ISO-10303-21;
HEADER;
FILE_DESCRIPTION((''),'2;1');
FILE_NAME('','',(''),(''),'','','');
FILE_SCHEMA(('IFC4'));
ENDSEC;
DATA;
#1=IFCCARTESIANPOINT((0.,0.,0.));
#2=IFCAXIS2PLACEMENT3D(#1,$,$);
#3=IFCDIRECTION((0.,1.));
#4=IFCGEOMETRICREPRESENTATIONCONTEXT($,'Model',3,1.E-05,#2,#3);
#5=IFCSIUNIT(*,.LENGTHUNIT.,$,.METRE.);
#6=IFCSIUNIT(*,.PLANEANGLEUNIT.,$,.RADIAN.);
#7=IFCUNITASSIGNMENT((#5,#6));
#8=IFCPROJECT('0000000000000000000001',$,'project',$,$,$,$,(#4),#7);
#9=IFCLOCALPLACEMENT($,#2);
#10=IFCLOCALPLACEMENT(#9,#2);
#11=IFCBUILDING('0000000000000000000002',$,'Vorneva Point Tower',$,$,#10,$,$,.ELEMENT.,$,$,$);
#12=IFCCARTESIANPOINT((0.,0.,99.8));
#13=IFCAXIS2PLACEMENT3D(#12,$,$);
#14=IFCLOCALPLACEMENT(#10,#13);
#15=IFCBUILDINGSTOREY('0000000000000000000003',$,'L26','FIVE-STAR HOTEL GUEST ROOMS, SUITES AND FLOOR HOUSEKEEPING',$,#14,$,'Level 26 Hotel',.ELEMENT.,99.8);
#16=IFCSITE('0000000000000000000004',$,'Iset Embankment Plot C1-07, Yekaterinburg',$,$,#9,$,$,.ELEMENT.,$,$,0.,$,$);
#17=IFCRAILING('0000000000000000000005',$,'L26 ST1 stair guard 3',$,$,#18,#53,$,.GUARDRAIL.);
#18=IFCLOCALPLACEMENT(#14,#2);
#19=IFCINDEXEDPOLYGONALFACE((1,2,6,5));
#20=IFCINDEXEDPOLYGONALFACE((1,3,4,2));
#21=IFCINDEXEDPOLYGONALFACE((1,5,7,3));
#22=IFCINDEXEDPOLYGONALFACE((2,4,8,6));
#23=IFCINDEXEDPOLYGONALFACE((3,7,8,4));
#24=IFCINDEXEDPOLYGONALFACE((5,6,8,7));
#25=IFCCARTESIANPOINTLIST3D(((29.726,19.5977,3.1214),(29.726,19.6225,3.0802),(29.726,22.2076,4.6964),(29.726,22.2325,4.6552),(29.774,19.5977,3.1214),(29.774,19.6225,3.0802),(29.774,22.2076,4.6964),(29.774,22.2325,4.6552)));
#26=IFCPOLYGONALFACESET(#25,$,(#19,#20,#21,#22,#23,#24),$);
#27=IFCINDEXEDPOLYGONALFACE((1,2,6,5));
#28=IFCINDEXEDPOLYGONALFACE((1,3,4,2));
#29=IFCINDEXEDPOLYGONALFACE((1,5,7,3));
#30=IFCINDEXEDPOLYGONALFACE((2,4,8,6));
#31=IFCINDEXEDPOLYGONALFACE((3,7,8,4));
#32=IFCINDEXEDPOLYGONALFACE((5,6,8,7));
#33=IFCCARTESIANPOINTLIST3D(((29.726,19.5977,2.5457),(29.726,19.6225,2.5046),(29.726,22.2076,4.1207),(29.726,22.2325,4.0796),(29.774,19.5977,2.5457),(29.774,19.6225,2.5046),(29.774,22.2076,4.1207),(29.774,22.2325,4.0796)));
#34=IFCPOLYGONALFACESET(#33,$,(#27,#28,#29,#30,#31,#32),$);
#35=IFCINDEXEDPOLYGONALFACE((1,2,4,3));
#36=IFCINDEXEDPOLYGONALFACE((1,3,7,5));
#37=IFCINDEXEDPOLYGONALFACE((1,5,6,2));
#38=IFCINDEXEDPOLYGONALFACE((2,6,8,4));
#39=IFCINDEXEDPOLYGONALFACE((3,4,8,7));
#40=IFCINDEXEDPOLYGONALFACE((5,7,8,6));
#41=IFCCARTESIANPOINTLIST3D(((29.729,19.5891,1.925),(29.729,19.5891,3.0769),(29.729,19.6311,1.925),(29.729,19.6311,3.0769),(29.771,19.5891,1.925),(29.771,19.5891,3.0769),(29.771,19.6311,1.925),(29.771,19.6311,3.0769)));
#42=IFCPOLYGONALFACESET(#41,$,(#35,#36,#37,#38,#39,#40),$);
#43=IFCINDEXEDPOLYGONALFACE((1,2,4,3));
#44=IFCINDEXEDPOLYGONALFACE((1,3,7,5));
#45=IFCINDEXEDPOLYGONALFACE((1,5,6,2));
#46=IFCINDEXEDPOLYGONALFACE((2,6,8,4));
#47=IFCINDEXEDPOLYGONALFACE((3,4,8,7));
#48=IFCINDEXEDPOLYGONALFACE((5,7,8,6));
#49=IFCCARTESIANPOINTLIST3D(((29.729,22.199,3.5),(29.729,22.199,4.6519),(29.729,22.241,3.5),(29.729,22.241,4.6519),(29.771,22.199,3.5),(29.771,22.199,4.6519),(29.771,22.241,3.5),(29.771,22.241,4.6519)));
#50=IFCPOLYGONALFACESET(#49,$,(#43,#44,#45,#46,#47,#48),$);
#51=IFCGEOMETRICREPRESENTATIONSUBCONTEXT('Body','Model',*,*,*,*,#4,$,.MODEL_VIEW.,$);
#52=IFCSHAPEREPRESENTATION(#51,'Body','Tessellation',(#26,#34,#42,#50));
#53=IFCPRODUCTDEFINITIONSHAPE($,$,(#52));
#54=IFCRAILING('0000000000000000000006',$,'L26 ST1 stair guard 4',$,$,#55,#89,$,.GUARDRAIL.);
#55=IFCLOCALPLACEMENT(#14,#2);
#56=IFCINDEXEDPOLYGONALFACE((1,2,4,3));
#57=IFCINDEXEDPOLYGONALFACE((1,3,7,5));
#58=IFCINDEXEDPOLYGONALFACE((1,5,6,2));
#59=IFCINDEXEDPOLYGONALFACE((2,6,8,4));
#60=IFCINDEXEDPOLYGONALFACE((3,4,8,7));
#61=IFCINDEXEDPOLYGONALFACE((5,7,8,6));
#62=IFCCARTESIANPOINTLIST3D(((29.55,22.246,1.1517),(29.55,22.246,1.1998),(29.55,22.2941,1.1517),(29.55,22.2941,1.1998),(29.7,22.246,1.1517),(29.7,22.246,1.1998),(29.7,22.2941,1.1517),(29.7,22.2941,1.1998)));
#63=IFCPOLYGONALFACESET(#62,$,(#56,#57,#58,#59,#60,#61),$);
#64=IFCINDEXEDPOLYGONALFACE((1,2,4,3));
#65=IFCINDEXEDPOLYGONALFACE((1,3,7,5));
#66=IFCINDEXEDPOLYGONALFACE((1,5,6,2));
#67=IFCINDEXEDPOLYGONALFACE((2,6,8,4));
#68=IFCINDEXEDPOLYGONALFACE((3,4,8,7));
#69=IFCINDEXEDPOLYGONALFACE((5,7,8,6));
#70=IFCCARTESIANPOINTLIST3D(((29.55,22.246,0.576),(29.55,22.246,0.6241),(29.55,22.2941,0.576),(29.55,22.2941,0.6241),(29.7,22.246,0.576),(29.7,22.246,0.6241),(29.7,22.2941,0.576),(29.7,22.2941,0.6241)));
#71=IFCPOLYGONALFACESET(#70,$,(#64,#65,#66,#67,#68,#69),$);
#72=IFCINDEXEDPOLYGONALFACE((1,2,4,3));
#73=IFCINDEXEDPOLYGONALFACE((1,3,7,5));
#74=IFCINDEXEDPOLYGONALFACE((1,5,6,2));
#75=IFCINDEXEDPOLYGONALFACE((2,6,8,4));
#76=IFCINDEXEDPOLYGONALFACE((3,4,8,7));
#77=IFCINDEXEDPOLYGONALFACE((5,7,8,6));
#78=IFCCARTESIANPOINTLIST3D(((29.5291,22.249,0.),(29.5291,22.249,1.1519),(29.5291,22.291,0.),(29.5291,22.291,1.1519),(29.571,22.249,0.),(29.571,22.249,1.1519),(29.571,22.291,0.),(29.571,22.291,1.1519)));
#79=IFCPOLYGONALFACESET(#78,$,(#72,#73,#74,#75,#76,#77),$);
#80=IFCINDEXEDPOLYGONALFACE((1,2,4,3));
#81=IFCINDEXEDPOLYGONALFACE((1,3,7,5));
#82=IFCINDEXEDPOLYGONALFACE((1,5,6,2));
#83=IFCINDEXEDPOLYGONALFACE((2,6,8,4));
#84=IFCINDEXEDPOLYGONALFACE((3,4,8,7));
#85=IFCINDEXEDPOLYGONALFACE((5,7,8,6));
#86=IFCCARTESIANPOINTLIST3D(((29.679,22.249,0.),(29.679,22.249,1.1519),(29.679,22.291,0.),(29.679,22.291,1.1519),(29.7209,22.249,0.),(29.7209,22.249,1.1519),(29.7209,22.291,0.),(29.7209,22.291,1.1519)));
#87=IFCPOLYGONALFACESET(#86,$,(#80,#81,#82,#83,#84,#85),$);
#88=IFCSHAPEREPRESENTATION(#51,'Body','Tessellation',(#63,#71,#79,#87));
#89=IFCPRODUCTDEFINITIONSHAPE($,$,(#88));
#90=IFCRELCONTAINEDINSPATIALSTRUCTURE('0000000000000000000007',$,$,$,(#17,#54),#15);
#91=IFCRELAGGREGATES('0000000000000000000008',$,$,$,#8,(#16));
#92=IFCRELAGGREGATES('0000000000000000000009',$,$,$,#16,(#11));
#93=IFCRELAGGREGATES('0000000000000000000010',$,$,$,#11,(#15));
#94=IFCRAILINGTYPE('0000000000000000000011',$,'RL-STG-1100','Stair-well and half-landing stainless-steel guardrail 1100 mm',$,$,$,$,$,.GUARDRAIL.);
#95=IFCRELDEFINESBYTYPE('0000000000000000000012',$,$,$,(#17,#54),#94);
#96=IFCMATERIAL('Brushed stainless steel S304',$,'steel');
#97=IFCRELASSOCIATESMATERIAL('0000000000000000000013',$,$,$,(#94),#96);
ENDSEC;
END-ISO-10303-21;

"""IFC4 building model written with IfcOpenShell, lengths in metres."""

from ifc_helpers import new_model, si_unit, direction, frame, origin, origin_2d, place, context, subcontext, project, spatial, rectangle, extrude, material, type_object, element, save


model = new_model("IFC4")

# Units and contexts
model_context = context("Model", 3, precision=1e-05, world=origin(), true_north=direction((0.0, 1.0)))
body_context = subcontext(model_context, "Body", "Model", "MODEL_VIEW")
ifc_project = project(units=[si_unit("LENGTHUNIT", "METRE"), si_unit("PLANEANGLEUNIT", "RADIAN")], contexts=[model_context])

# Site, building, storey
site_placement = place(None, origin())
site = spatial("IfcSite", under=ifc_project, at=site_placement, Name="Iset Embankment Plot C1-07, Yekaterinburg", CompositionType="ELEMENT", RefElevation=0.0)
building_placement = place(site_placement, origin())
building = spatial("IfcBuilding", under=site, at=building_placement, Name="Vorneva Point Tower", CompositionType="ELEMENT")
storey_placement = place(building_placement, frame((0.0, 0.0, 99.8)))
storey = spatial("IfcBuildingStorey", under=building, at=storey_placement, Name="L26", Description="FIVE-STAR HOTEL GUEST ROOMS, SUITES AND FLOOR HOUSEKEEPING", LongName="Level 26 Hotel", CompositionType="ELEMENT", Elevation=99.8)

# Railings
ifc_material_1 = material(Name="Brushed stainless steel S304", Category="steel")
railing_type_1 = type_object("IfcRailingType", Name="RL-STG-1100", Description="Stair-well and half-landing stainless-steel guardrail 1100 mm", PredefinedType="GUARDRAIL", material=ifc_material_1)
railing_1_placement = place(storey_placement, frame((29.75, 19.6101, 1.925)))
element("IfcRailing", 1, at=railing_1_placement, inside=storey, type_object=railing_type_1, Name="L26 ST1 stair guard 3", PredefinedType="GUARDRAIL", context=body_context, shape_type="SweptSolid", body=[
    extrude(rectangle(XDim=0.0481, YDim=0.0481, at=origin_2d()), frame((0.0, 0.0, 1.1758), z_axis=(0.0, 0.856183, 0.516673), x_axis=(-1.0, 0.0, 0.0)), (0.0, 0.0, 1.0), 3.0483),
    extrude(rectangle(XDim=0.0481, YDim=0.0481, at=origin_2d()), frame((0.0, 0.0, 0.6001), z_axis=(0.0, 0.856183, 0.516673), x_axis=(-1.0, 0.0, 0.0)), (0.0, 0.0, 1.0), 3.0483),
    extrude(rectangle(XDim=0.042, YDim=0.042, at=origin_2d()), origin(), (0.0, 0.0, 1.0), 1.1519),
    extrude(rectangle(XDim=0.042, YDim=0.042, at=origin_2d()), frame((0.0, 2.6099, 1.575)), (0.0, 0.0, 1.0), 1.1519),
])
railing_2_placement = place(storey_placement, frame((29.55, 22.27, 0.0)))
element("IfcRailing", 2, at=railing_2_placement, inside=storey, type_object=railing_type_1, Name="L26 ST1 stair guard 4", PredefinedType="GUARDRAIL", context=body_context, shape_type="SweptSolid", body=[
    extrude(rectangle(XDim=0.0481, YDim=0.0481, at=origin_2d()), frame((0.0, 0.0, 1.1758), z_axis=(1.0, 0.0, 0.0), x_axis=(0.0, 1.0, 0.0)), (0.0, 0.0, 1.0), 0.1499),
    extrude(rectangle(XDim=0.0481, YDim=0.0481, at=origin_2d()), frame((0.0, 0.0, 0.6001), z_axis=(1.0, 0.0, 0.0), x_axis=(0.0, 1.0, 0.0)), (0.0, 0.0, 1.0), 0.1499),
    extrude(rectangle(XDim=0.042, YDim=0.042, at=origin_2d()), origin(), (0.0, 0.0, 1.0), 1.1519),
    extrude(rectangle(XDim=0.042, YDim=0.042, at=origin_2d()), frame((0.1499, 0.0, 0.0)), (0.0, 0.0, 1.0), 1.1519),
])

save(model, "model.ifc")
